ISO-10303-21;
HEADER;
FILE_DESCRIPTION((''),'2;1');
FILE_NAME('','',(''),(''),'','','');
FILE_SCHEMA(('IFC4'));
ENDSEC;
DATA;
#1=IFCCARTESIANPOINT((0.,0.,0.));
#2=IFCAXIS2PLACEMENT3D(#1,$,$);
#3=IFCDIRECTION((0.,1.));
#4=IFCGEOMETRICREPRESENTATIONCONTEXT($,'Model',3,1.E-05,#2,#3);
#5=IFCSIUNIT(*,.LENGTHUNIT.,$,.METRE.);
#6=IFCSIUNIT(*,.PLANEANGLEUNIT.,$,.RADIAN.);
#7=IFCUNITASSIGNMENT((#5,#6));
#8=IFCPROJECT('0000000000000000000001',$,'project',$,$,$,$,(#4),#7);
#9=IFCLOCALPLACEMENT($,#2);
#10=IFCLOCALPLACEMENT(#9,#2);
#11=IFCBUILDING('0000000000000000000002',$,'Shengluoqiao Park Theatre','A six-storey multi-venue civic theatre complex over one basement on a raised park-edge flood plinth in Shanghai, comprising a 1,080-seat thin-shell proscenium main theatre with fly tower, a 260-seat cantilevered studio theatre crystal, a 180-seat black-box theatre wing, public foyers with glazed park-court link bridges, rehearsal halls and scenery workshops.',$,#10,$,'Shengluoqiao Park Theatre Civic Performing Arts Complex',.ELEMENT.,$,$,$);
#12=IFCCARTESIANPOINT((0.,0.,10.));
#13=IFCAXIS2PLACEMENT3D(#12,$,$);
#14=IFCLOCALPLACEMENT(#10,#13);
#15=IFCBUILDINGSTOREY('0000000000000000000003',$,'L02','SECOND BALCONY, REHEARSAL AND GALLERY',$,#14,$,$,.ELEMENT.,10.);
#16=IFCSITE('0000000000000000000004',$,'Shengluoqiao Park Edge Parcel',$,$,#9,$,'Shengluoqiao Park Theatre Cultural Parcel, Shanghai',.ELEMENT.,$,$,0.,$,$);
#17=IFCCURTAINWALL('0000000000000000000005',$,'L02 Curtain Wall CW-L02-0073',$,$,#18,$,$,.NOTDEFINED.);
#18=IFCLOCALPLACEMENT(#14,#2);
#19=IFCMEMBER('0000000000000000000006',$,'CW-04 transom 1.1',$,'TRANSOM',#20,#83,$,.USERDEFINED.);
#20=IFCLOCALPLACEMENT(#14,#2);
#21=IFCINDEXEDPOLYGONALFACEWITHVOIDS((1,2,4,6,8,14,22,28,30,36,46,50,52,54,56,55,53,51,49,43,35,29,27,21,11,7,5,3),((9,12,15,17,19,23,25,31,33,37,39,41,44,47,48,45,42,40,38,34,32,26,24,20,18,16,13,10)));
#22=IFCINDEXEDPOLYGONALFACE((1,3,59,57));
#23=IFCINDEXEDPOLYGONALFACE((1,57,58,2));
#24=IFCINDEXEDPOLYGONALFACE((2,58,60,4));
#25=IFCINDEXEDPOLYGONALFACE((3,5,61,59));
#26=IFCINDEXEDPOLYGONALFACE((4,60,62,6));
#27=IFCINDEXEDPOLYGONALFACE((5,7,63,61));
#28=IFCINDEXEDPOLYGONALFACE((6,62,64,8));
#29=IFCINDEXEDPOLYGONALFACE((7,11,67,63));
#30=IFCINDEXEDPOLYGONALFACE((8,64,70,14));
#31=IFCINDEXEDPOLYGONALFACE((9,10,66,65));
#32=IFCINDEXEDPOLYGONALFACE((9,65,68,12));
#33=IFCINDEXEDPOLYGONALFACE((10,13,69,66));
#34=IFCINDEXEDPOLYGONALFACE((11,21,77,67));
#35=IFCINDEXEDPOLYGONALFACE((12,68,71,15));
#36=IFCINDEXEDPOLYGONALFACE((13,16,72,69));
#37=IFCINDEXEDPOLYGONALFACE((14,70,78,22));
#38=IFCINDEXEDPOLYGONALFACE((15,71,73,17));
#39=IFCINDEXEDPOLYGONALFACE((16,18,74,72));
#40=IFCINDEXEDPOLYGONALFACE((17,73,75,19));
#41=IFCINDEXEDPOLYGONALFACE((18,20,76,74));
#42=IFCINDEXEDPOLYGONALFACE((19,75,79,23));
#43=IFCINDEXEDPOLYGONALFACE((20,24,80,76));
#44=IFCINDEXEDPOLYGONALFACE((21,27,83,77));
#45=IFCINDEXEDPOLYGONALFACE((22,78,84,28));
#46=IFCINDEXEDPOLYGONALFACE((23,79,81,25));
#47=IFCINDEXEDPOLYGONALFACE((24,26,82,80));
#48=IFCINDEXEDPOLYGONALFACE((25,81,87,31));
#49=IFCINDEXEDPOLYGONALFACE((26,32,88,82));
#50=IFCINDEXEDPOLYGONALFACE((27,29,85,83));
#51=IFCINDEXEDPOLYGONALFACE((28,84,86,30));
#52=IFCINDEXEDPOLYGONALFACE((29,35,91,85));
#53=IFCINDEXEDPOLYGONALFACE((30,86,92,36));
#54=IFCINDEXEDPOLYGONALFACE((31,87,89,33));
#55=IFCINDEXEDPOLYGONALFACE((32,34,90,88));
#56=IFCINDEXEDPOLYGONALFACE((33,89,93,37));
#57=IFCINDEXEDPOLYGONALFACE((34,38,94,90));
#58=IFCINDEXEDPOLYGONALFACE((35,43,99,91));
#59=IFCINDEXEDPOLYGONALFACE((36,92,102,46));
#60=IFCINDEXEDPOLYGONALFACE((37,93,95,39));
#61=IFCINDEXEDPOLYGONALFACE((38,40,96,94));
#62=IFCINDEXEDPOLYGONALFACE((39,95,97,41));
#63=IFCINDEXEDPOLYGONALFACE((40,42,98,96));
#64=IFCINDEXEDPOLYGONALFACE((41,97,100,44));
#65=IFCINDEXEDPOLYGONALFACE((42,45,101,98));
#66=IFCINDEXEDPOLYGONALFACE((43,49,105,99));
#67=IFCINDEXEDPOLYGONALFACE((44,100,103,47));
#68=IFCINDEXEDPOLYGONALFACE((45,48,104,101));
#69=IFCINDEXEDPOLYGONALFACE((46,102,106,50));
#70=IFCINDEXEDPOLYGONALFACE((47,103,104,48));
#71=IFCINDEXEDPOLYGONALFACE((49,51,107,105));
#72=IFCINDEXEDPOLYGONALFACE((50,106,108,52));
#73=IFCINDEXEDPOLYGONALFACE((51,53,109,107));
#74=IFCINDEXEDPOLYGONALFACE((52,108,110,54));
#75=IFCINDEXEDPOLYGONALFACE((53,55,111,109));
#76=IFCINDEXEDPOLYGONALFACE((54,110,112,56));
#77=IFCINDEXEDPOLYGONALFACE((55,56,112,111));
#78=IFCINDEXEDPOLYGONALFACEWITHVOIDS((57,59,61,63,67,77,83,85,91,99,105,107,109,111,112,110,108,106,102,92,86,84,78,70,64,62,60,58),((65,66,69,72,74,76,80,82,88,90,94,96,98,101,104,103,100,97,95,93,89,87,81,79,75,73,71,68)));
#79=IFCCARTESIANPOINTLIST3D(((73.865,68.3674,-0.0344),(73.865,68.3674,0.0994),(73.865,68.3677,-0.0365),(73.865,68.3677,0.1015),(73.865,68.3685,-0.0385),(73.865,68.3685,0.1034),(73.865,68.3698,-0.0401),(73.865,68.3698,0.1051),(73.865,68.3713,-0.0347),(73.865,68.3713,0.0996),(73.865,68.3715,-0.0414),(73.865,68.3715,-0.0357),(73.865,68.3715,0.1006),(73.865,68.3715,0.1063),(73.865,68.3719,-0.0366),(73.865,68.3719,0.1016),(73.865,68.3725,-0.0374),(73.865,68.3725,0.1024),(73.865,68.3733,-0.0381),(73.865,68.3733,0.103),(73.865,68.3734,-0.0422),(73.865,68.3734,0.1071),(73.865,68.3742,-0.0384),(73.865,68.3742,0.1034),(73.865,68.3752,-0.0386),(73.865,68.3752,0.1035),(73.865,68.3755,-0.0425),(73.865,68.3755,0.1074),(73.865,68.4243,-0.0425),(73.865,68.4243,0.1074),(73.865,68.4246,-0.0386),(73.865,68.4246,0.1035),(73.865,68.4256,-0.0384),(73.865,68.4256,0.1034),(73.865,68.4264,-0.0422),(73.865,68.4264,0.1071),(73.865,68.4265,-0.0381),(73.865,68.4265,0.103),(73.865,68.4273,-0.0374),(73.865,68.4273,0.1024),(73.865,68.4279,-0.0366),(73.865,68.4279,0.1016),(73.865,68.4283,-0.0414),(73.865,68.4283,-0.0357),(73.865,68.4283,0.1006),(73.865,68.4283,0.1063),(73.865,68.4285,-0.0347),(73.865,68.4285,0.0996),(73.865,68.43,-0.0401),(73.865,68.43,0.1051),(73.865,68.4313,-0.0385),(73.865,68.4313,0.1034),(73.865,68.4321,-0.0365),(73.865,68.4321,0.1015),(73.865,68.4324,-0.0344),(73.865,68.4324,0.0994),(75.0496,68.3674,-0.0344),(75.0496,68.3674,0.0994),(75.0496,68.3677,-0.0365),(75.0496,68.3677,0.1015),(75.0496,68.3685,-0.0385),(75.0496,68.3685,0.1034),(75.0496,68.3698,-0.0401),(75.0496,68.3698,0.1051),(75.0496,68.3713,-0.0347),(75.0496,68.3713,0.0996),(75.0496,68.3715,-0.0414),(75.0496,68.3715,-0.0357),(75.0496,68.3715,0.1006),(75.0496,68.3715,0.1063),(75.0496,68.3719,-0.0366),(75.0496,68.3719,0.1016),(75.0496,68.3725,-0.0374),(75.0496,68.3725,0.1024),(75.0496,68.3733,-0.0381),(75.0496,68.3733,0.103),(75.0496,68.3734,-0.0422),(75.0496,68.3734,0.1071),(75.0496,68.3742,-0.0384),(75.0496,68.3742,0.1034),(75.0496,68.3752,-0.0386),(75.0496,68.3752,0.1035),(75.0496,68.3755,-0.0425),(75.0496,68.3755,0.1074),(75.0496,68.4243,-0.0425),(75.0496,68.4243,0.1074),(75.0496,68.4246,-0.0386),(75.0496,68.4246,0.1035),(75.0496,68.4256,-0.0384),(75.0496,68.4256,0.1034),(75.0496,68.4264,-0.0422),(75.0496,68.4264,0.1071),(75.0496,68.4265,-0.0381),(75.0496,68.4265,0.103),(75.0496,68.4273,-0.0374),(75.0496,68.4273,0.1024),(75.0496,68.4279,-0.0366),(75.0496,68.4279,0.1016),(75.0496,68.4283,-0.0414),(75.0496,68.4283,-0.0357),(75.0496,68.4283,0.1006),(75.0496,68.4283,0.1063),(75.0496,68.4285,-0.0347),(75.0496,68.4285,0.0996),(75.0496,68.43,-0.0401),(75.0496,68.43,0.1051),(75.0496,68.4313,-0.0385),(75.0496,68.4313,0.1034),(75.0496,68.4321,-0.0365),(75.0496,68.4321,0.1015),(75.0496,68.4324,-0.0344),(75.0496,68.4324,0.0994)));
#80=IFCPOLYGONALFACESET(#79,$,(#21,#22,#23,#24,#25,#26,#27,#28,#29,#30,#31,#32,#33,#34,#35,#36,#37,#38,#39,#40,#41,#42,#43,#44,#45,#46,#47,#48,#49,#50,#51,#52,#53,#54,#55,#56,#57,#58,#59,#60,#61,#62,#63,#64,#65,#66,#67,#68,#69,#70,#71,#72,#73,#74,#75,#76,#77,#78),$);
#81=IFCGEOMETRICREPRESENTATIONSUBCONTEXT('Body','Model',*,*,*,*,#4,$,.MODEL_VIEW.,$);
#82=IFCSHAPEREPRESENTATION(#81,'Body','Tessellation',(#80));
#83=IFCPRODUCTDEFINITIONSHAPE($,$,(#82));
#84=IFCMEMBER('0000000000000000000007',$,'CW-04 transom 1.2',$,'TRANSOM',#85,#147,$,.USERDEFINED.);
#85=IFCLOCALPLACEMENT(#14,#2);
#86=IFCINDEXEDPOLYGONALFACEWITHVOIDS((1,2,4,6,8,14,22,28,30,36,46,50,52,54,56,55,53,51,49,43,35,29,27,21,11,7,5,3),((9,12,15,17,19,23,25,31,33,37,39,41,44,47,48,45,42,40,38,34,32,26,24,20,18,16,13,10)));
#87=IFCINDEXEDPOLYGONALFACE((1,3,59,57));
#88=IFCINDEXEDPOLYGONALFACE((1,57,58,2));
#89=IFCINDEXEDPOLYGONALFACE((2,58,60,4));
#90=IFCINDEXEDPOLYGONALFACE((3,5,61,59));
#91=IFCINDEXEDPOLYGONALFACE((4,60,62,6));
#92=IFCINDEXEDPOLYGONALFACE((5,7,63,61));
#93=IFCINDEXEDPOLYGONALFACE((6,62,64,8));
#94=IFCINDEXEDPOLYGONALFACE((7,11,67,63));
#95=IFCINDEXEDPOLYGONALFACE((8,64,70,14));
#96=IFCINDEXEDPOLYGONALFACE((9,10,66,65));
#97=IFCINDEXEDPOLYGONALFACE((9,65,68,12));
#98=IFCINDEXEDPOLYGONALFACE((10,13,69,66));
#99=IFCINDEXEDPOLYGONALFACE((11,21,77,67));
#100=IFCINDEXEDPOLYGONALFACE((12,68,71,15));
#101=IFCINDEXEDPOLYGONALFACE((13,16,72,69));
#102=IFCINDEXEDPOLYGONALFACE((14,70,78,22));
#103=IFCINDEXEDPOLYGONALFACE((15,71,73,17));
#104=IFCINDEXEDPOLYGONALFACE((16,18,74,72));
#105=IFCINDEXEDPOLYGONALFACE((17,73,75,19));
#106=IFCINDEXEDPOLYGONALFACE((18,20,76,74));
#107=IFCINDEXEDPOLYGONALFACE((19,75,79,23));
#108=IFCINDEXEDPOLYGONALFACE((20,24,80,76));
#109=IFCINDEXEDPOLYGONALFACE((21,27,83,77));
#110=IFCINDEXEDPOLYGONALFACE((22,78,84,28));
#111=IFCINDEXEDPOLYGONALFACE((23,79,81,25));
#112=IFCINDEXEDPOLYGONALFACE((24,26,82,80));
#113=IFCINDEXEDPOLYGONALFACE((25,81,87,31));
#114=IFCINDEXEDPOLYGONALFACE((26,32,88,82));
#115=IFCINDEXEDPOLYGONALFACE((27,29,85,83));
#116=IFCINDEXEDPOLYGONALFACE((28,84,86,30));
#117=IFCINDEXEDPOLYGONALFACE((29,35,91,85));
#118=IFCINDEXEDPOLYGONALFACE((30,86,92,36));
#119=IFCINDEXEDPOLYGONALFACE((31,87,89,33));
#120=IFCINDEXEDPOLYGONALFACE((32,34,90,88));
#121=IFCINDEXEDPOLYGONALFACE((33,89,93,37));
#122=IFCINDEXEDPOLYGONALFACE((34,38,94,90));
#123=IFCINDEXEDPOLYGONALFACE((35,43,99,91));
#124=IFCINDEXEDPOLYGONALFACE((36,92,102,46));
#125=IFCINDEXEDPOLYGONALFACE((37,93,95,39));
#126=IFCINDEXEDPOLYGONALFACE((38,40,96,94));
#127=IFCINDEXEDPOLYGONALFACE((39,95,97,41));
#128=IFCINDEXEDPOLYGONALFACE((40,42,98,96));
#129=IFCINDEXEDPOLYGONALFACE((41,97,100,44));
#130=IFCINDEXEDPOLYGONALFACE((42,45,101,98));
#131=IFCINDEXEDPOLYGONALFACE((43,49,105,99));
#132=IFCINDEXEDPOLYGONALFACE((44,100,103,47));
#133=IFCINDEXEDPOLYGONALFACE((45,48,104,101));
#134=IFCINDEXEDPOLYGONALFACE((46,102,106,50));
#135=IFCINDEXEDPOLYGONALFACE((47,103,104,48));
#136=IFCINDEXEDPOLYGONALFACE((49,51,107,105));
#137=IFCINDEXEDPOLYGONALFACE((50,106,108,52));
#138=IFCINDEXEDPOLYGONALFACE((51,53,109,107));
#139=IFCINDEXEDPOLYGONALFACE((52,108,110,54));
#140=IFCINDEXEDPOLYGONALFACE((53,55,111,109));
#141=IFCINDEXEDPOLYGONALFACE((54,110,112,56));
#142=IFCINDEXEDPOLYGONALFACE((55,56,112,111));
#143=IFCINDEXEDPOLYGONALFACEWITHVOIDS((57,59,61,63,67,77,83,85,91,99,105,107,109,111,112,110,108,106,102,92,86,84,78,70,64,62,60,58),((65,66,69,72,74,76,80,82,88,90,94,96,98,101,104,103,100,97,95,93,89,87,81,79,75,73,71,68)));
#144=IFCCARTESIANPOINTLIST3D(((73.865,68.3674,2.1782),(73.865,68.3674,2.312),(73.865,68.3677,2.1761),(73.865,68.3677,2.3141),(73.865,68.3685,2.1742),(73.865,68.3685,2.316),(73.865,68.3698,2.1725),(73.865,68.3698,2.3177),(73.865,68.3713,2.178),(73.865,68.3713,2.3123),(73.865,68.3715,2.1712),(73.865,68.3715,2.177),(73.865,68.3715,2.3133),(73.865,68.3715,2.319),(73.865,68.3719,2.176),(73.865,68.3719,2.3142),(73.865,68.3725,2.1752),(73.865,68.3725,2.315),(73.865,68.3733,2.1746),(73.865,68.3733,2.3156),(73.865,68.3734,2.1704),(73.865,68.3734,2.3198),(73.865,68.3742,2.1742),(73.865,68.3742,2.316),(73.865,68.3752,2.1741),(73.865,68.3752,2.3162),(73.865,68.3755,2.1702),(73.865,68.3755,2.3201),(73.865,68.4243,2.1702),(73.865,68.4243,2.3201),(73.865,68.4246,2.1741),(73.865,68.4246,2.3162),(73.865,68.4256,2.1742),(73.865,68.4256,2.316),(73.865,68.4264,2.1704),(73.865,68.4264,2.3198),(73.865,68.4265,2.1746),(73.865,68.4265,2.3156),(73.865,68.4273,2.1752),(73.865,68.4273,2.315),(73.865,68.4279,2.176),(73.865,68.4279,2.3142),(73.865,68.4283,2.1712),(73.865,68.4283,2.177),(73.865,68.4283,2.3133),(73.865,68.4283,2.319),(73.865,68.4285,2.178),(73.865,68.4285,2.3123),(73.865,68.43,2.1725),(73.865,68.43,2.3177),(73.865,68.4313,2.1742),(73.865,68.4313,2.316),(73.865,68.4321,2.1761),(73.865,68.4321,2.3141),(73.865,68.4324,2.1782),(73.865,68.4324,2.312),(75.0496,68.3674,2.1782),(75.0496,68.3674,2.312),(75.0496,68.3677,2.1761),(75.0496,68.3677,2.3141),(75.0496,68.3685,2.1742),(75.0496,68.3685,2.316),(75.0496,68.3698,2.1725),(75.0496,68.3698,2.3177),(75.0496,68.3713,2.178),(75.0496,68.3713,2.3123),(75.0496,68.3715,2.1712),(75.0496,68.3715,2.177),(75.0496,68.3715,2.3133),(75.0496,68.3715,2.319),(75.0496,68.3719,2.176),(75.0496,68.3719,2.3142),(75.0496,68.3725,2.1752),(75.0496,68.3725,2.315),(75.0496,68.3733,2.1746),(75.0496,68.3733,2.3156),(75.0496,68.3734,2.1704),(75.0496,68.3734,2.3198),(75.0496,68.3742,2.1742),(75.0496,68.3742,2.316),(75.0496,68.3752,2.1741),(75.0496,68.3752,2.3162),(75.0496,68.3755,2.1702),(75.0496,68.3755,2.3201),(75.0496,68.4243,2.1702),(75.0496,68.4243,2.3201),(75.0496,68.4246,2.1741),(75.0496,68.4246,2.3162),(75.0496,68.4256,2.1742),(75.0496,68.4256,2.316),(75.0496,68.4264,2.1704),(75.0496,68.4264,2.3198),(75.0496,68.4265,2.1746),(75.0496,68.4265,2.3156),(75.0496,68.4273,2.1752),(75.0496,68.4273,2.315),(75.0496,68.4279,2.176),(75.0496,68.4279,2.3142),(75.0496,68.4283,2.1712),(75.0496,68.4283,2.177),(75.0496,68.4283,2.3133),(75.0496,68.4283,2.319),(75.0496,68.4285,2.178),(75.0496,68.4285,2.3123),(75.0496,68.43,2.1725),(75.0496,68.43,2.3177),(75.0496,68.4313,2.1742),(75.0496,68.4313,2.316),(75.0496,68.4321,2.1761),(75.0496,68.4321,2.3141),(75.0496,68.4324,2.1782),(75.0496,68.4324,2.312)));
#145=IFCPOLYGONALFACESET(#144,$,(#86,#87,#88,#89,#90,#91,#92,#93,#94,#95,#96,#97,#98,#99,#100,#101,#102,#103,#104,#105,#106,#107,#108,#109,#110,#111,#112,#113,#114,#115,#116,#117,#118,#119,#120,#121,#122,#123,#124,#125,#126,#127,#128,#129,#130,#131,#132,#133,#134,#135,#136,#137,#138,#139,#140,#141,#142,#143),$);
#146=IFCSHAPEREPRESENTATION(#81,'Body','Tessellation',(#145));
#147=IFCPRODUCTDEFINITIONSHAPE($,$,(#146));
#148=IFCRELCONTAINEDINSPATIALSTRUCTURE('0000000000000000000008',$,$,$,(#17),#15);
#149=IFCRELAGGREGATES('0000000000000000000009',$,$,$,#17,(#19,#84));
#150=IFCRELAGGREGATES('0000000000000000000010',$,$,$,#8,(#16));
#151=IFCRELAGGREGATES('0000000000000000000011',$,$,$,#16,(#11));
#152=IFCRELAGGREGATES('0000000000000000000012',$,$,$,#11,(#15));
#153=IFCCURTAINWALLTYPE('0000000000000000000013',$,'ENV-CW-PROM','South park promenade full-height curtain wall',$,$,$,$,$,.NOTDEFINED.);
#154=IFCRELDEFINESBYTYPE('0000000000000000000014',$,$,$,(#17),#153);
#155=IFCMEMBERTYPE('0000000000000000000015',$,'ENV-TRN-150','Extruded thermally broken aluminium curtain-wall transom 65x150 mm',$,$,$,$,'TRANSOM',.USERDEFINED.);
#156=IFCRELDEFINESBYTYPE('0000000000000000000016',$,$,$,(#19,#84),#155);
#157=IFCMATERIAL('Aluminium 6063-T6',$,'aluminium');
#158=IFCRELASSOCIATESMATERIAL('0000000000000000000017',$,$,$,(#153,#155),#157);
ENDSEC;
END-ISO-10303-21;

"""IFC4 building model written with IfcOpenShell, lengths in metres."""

from ifc_helpers import new_model, si_unit, direction, frame, origin, origin_2d, place, context, subcontext, project, spatial, hollow_rectangle, extrude, material, material_profile, profile_set, type_object, element, aggregate, save


model = new_model("IFC4")

# Units and contexts
model_context = context("Model", 3, precision=1e-05, world=origin(), true_north=direction((0.0, 1.0)))
body_context = subcontext(model_context, "Body", "Model", "MODEL_VIEW")
ifc_project = project(units=[si_unit("LENGTHUNIT", "METRE"), si_unit("PLANEANGLEUNIT", "RADIAN")], contexts=[model_context])

# Site, building, storey
site_placement = place(None, origin())
site = spatial("IfcSite", under=ifc_project, at=site_placement, Name="Shengluoqiao Park Edge Parcel", LongName="Shengluoqiao Park Theatre Cultural Parcel, Shanghai", CompositionType="ELEMENT", RefElevation=0.0)
building_placement = place(site_placement, origin())
building = spatial("IfcBuilding", under=site, at=building_placement, Name="Shengluoqiao Park Theatre", Description="A six-storey multi-venue civic theatre complex over one basement on a raised park-edge flood plinth in Shanghai, comprising a 1,080-seat thin-shell proscenium main theatre with fly tower, a 260-seat cantilevered studio theatre crystal, a 180-seat black-box theatre wing, public foyers with glazed park-court link bridges, rehearsal halls and scenery workshops.", LongName="Shengluoqiao Park Theatre Civic Performing Arts Complex", CompositionType="ELEMENT")
storey_placement = place(building_placement, frame((0.0, 0.0, 10.0)))
storey = spatial("IfcBuildingStorey", under=building, at=storey_placement, Name="L02", Description="SECOND BALCONY, REHEARSAL AND GALLERY", CompositionType="ELEMENT", Elevation=10.0)

# Shared definitions
ifc_material_1 = material(Name="Aluminium 6063-T6", Category="aluminium")
curtain_wall_type = type_object("IfcCurtainWallType", Name="ENV-CW-PROM", Description="South park promenade full-height curtain wall", PredefinedType="NOTDEFINED", material=ifc_material_1)

# Curtain wall
curtain_wall_1_placement = place(storey_placement, origin())
curtain_wall_1 = element("IfcCurtainWall", 1, at=curtain_wall_1_placement, inside=storey, type_object=curtain_wall_type, Name="L02 Curtain Wall CW-L02-0073", PredefinedType="NOTDEFINED")

# Members
ifc_material_profile_1 = material_profile(ifc_material_1, hollow_rectangle(XDim=0.0649, YDim=0.1499, WallThickness=0.0039, InnerFilletRadius=0.0039, OuterFilletRadius=0.0081, at=origin_2d()), Name="ALU TRANSOM 150x65x4")
ifc_profile_set_1 = profile_set([ifc_material_profile_1], Name="Aluminium 6063-T6")
member_type_1 = type_object("IfcMemberType", Name="ENV-TRN-150", Description="Extruded thermally broken aluminium curtain-wall transom 65x150 mm", ElementType="TRANSOM", PredefinedType="USERDEFINED", material=ifc_profile_set_1)
member_1_placement = place(storey_placement, frame((73.865, 68.3999, 0.0325), z_axis=(1.0, 0.0, 0.0), x_axis=(0.0, 1.0, 0.0)))
member_1 = element("IfcMember", 2, at=member_1_placement, type_object=member_type_1, Name="CW-04 transom 1.1", ObjectType="TRANSOM", PredefinedType="USERDEFINED", context=body_context, shape_type="SweptSolid", body=[
    extrude(hollow_rectangle(XDim=0.0649, YDim=0.1499, WallThickness=0.0039, InnerFilletRadius=0.0039, OuterFilletRadius=0.0081, at=origin_2d()), origin(), (0.0, 0.0, 1.0), 1.1846),
])
member_2_placement = place(storey_placement, frame((73.865, 68.3999, 2.2451), z_axis=(1.0, 0.0, 0.0), x_axis=(0.0, 1.0, 0.0)))
member_2 = element("IfcMember", 3, at=member_2_placement, type_object=member_type_1, Name="CW-04 transom 1.2", ObjectType="TRANSOM", PredefinedType="USERDEFINED", context=body_context, shape_type="SweptSolid", body=[
    extrude(hollow_rectangle(XDim=0.0649, YDim=0.1499, WallThickness=0.0039, InnerFilletRadius=0.0039, OuterFilletRadius=0.0081, at=origin_2d()), origin(), (0.0, 0.0, 1.0), 1.1846),
])

aggregate(curtain_wall_1, [member_1, member_2])

save(model, "model.ifc")
